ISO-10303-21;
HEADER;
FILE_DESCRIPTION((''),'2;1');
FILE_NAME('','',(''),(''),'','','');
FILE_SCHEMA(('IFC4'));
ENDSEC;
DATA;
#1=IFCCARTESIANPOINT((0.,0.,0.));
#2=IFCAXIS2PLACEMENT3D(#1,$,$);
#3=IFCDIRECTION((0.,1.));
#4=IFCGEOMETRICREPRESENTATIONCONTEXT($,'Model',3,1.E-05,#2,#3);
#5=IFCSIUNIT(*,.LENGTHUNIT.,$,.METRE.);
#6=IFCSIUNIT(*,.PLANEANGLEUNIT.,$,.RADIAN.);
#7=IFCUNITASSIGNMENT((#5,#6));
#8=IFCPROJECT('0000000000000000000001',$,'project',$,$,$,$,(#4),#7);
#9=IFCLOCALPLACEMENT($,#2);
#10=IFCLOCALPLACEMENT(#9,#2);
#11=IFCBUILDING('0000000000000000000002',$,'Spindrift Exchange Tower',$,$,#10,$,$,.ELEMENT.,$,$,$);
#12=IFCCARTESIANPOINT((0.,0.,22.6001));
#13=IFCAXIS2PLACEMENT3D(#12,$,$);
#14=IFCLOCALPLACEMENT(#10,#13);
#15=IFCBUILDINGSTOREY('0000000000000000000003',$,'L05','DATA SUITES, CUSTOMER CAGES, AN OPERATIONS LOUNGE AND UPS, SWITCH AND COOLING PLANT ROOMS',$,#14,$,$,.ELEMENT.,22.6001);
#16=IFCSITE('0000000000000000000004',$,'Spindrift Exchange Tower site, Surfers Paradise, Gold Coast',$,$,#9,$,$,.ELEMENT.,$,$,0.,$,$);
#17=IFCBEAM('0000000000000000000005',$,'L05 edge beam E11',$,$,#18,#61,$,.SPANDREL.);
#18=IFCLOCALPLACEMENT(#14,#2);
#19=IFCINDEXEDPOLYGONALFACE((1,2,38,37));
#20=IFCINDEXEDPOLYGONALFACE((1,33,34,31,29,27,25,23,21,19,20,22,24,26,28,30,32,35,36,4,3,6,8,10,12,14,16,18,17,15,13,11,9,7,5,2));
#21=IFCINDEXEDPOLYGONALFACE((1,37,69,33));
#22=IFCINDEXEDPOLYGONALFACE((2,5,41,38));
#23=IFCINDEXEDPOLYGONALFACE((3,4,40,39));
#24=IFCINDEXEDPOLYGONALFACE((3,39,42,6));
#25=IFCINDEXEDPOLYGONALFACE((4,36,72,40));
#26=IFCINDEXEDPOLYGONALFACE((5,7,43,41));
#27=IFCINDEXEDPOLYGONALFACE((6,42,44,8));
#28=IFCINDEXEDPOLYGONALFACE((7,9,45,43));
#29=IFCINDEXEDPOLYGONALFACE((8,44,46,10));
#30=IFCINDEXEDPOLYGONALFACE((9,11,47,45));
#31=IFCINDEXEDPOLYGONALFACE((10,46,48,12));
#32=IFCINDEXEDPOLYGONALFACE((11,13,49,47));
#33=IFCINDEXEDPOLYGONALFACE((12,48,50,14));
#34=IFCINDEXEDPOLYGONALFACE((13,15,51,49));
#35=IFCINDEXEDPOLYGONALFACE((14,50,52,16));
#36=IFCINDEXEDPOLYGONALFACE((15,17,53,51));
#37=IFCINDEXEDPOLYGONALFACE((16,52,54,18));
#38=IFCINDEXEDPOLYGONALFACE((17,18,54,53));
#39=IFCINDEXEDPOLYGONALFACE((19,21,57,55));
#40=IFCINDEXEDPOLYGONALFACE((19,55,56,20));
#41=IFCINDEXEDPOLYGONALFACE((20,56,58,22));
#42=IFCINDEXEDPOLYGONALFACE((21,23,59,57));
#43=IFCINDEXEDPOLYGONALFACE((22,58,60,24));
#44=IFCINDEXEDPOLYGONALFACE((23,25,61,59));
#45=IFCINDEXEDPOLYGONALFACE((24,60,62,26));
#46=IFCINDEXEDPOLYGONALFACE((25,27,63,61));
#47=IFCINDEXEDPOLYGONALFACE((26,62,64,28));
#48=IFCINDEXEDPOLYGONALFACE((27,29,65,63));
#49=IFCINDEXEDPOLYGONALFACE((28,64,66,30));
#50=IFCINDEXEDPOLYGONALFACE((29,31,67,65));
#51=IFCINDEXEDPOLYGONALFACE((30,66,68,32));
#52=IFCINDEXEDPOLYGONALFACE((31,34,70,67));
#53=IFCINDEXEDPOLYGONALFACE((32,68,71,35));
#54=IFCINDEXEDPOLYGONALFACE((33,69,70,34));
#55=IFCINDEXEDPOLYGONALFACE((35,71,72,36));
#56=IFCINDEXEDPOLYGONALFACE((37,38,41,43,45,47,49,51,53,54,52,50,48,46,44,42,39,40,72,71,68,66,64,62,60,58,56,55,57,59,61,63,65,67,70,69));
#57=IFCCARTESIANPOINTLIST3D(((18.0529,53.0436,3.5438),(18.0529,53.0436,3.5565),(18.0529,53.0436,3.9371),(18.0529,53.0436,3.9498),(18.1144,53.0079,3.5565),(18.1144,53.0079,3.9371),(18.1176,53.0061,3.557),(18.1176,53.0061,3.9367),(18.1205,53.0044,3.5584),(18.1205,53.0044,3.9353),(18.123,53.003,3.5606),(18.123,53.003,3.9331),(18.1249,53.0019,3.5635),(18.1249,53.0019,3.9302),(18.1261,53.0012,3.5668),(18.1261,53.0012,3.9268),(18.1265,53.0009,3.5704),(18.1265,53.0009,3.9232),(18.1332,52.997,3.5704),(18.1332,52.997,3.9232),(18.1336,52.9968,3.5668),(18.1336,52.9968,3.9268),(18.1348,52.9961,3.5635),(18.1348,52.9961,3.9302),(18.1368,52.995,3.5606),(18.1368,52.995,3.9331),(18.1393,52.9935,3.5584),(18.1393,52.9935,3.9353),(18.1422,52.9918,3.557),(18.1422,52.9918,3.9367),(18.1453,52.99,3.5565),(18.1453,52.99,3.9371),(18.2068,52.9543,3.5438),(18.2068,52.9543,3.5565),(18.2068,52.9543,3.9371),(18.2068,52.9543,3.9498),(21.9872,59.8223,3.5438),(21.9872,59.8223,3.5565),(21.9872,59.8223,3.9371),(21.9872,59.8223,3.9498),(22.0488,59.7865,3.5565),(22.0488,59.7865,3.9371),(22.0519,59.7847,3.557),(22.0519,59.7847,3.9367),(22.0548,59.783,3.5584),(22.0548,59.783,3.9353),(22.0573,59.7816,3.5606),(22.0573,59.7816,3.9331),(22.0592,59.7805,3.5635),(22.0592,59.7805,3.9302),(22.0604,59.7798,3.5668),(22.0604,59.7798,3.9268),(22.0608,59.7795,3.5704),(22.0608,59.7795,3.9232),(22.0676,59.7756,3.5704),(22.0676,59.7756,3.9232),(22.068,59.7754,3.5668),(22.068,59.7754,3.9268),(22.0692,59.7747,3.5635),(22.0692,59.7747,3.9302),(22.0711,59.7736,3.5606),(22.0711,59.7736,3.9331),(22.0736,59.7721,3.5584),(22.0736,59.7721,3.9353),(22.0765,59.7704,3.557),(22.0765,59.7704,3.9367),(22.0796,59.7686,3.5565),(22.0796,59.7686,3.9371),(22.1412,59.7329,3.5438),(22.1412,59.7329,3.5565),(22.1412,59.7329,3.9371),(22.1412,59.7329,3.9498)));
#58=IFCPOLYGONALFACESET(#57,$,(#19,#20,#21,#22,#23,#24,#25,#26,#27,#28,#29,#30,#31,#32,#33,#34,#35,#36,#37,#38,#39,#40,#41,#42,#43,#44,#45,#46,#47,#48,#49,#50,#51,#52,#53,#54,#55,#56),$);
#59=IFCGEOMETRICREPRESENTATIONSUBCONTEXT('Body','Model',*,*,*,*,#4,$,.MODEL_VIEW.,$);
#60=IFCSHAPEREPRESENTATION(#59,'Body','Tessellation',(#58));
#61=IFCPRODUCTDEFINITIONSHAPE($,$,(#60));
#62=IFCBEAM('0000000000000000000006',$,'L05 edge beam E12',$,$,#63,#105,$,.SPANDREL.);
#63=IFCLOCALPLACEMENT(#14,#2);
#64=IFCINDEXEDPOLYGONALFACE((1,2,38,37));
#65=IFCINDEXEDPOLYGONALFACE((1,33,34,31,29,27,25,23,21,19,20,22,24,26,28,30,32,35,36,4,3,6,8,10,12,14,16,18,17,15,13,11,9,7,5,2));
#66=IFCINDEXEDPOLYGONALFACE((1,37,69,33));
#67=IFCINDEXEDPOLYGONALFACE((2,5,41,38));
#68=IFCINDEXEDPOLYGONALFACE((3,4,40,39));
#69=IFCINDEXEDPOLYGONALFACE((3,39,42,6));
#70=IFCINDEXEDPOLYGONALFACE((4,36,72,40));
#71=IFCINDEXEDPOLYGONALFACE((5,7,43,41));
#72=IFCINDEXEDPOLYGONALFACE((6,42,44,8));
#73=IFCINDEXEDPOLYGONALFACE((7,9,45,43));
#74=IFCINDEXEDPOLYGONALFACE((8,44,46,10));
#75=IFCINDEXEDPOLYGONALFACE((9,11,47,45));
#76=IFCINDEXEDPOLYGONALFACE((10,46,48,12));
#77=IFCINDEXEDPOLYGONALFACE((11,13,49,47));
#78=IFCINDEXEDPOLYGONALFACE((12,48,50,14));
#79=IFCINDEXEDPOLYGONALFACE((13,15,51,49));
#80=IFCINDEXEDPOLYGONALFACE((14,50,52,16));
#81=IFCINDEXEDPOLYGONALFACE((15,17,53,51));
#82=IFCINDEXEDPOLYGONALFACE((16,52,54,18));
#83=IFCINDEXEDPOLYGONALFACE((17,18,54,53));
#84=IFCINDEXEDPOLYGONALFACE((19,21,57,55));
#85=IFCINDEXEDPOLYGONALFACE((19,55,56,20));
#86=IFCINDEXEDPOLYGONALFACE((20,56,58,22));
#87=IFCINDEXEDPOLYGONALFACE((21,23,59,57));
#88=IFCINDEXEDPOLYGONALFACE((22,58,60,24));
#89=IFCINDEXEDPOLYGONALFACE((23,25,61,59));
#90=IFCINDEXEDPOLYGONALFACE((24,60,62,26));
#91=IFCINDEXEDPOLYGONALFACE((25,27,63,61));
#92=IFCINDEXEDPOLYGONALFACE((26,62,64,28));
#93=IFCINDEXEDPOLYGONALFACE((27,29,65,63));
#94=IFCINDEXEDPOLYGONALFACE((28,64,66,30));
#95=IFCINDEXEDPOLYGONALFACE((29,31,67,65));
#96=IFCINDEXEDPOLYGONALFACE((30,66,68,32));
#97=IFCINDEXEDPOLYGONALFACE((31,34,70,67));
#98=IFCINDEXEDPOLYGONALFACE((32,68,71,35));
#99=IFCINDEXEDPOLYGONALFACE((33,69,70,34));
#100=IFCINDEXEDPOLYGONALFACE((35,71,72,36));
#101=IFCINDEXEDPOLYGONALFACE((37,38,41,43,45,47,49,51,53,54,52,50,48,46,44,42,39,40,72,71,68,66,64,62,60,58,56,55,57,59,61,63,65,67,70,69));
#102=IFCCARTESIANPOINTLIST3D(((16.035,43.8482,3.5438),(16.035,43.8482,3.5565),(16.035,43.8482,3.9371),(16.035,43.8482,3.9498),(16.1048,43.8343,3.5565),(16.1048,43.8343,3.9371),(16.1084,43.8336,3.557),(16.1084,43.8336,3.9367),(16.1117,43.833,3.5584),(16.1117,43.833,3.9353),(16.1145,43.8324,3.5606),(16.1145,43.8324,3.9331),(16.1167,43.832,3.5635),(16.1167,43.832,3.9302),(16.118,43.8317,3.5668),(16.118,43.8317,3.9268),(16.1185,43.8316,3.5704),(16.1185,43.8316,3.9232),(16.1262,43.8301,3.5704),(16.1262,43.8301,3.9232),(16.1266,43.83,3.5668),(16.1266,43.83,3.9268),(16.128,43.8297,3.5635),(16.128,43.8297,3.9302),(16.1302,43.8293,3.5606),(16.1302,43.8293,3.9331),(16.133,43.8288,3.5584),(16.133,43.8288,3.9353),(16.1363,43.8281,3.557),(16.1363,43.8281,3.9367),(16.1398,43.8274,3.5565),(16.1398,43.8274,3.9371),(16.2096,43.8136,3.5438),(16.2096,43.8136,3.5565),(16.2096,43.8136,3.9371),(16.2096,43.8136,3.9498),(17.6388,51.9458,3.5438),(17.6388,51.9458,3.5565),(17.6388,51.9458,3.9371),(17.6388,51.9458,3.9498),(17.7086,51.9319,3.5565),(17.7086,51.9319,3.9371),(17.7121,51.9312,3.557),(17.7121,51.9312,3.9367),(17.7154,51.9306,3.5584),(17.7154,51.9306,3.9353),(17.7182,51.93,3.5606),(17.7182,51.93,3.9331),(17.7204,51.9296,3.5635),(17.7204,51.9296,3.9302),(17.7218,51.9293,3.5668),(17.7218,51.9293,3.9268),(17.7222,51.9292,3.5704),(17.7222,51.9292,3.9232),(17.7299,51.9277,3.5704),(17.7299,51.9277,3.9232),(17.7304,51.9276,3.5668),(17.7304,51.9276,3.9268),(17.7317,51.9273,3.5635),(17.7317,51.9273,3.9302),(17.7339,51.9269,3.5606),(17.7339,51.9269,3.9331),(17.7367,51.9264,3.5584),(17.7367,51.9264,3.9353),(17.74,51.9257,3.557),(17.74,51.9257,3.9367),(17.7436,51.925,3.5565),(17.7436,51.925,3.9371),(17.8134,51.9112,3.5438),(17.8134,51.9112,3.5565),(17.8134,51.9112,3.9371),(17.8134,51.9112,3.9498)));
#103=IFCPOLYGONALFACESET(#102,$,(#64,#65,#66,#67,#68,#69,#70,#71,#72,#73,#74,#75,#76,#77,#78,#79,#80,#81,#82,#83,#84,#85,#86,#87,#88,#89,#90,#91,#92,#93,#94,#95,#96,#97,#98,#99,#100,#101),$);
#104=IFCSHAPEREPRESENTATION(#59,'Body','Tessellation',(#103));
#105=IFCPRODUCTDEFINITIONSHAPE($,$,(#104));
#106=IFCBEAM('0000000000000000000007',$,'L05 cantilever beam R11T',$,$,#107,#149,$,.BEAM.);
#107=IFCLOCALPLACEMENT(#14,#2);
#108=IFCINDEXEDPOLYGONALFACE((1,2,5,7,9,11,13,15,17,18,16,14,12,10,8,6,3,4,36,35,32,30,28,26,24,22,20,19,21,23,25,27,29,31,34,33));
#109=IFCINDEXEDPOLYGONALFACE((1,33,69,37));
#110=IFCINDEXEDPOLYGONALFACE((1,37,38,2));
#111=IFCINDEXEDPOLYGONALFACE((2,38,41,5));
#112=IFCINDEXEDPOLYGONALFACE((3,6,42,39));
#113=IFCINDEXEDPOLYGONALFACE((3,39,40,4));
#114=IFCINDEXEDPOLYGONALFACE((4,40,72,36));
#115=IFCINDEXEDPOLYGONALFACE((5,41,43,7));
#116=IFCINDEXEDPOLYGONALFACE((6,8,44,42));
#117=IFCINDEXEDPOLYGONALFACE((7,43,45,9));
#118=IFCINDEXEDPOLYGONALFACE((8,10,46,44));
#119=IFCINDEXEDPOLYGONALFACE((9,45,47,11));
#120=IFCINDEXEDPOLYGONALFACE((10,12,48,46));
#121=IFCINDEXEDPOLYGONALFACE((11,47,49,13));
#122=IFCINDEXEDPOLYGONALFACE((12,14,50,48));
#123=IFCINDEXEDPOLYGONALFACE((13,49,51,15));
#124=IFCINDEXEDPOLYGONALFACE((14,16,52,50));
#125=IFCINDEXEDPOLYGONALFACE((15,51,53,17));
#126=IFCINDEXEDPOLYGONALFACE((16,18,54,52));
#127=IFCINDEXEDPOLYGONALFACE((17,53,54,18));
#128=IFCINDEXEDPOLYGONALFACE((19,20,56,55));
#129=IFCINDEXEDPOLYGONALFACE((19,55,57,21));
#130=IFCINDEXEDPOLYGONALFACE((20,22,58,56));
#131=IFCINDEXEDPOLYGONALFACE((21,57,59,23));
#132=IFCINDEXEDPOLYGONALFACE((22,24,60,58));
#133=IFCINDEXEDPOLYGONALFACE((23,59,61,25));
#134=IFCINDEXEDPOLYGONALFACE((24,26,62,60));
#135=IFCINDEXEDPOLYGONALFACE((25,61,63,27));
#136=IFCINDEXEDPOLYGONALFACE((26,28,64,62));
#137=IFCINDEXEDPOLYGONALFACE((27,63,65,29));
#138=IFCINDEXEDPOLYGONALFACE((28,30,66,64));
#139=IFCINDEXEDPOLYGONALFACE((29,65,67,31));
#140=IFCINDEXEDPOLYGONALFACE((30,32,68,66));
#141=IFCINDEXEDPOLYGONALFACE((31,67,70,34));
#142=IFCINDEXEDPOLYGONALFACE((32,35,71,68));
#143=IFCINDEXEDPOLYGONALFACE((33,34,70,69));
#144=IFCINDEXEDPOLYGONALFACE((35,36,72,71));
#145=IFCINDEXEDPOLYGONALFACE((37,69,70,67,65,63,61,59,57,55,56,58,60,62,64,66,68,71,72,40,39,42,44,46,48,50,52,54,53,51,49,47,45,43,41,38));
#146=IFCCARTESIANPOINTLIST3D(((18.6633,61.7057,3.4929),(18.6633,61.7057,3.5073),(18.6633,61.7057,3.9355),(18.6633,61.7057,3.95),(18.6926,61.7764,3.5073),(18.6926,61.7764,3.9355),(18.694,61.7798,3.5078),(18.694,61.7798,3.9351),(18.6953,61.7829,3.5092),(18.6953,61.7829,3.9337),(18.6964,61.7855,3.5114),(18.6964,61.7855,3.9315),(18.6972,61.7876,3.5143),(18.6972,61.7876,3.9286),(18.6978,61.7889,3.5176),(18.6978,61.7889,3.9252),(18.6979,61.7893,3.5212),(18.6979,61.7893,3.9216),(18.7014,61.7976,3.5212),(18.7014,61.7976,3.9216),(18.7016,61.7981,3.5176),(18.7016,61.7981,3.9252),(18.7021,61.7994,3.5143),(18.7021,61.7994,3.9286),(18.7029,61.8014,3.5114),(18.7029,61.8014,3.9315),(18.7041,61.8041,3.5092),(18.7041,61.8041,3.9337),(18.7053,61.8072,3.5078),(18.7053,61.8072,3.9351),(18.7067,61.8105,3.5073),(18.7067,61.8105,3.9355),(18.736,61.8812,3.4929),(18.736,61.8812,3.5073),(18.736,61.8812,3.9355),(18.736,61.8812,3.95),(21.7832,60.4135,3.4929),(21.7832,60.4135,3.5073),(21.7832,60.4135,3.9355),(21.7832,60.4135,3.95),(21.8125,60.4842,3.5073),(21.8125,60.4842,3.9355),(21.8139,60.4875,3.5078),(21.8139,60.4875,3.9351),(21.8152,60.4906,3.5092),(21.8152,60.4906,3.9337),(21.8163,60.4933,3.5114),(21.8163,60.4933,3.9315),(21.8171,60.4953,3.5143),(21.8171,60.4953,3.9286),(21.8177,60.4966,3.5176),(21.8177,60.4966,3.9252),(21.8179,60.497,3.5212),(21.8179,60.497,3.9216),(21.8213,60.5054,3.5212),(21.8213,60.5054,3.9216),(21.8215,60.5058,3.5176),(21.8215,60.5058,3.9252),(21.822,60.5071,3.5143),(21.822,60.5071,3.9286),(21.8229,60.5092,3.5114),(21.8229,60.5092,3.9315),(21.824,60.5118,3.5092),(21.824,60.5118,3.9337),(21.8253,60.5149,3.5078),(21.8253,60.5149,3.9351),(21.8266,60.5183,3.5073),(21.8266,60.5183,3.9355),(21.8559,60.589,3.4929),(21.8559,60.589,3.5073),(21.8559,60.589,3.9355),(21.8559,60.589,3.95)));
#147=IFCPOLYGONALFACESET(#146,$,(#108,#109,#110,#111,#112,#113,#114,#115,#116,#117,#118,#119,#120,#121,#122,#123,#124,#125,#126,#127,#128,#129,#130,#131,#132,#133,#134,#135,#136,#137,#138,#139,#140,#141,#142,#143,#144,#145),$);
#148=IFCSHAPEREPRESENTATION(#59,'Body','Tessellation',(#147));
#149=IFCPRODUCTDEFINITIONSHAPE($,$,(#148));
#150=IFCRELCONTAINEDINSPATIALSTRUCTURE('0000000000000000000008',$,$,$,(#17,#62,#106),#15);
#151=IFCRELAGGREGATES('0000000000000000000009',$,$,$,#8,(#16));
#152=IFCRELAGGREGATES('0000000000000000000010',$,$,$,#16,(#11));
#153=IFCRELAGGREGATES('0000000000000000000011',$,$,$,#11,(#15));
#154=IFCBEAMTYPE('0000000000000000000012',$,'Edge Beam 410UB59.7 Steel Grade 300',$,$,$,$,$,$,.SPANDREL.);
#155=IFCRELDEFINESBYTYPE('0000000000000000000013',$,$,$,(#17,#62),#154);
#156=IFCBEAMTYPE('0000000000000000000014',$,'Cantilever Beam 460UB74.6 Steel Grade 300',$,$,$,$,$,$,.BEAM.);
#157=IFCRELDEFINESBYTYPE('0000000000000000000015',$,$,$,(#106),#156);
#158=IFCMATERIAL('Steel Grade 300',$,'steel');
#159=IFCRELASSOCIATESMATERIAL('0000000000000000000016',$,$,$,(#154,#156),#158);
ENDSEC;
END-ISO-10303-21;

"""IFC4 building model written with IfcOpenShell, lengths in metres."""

from ifc_helpers import new_model, si_unit, direction, frame, origin, origin_2d, place, context, subcontext, project, spatial, i_section, extrude, source, transform, mapped, material, material_profile, profile_set, type_object, element, save


model = new_model("IFC4")

# Units and contexts
model_context = context("Model", 3, precision=1e-05, world=origin(), true_north=direction((0.0, 1.0)))
body_context = subcontext(model_context, "Body", "Model", "MODEL_VIEW")
ifc_project = project(units=[si_unit("LENGTHUNIT", "METRE"), si_unit("PLANEANGLEUNIT", "RADIAN")], contexts=[model_context])

# Site, building, storey
site_placement = place(None, origin())
site = spatial("IfcSite", under=ifc_project, at=site_placement, Name="Spindrift Exchange Tower site, Surfers Paradise, Gold Coast", CompositionType="ELEMENT", RefElevation=0.0)
building_placement = place(site_placement, origin())
building = spatial("IfcBuilding", under=site, at=building_placement, Name="Spindrift Exchange Tower", CompositionType="ELEMENT")
storey_placement = place(building_placement, frame((0.0, 0.0, 22.6001)))
storey = spatial("IfcBuildingStorey", under=building, at=storey_placement, Name="L05", Description="DATA SUITES, CUSTOMER CAGES, AN OPERATIONS LOUNGE AND UPS, SWITCH AND COOLING PLANT ROOMS", CompositionType="ELEMENT", Elevation=22.6001)

# Beams
ifc_material_1 = material(Name="Steel Grade 300", Category="steel")
ifc_material_profile_1 = material_profile(ifc_material_1, i_section(OverallWidth=0.178, OverallDepth=0.406, WebThickness=0.0078, FlangeThickness=0.0127, FilletRadius=0.0139, at=origin_2d()), Name="410UB59.7")
ifc_profile_set_1 = profile_set([ifc_material_profile_1], Name="Steel Grade 300")
beam_type_1 = type_object("IfcBeamType", Name="Edge Beam 410UB59.7 Steel Grade 300", PredefinedType="SPANDREL", material=ifc_profile_set_1)
shared_shape_1 = source(origin(), body_context, "Body", "SweptSolid", [
    extrude(i_section(OverallWidth=0.178, OverallDepth=0.406, WebThickness=0.0078, FlangeThickness=0.0127, FilletRadius=0.0139, at=origin_2d()), origin(), (0.0, 0.0, 1.0), 7.8376),
])
beam_1_placement = place(storey_placement, frame((22.0642, 59.7776, 3.7468), z_axis=(-0.501981, -0.864878, 0.0), x_axis=(0.864878, -0.501981, 0.0)))
element("IfcBeam", 1, at=beam_1_placement, inside=storey, type_object=beam_type_1, Name="L05 edge beam E11", PredefinedType="SPANDREL", context=body_context, shape_type="MappedRepresentation", body=[
    mapped(shared_shape_1, transform((0.0, 0.0, 0.0), scale=1.0)),
])
shared_shape_2 = source(origin(), body_context, "Body", "SweptSolid", [
    extrude(i_section(OverallWidth=0.178, OverallDepth=0.406, WebThickness=0.0078, FlangeThickness=0.0127, FilletRadius=0.0139, at=origin_2d()), origin(), (0.0, 0.0, 1.0), 8.2549),
])
beam_2_placement = place(storey_placement, frame((17.7261, 51.9285, 3.7468), z_axis=(-0.194279, -0.980946, 0.0), x_axis=(0.980946, -0.194279, 0.0)))
element("IfcBeam", 2, at=beam_2_placement, inside=storey, type_object=beam_type_1, Name="L05 edge beam E12", PredefinedType="SPANDREL", context=body_context, shape_type="MappedRepresentation", body=[
    mapped(shared_shape_2, transform((0.0, 0.0, 0.0), scale=1.0)),
])
ifc_material_profile_2 = material_profile(ifc_material_1, i_section(OverallWidth=0.1899, OverallDepth=0.457, WebThickness=0.009, FlangeThickness=0.0144, FilletRadius=0.0139, at=origin_2d()), Name="460UB74.6")
ifc_profile_set_2 = profile_set([ifc_material_profile_2], Name="Steel Grade 300")
beam_type_2 = type_object("IfcBeamType", Name="Cantilever Beam 460UB74.6 Steel Grade 300", PredefinedType="BEAM", material=ifc_profile_set_2)
shared_shape_3 = source(origin(), body_context, "Body", "SweptSolid", [
    extrude(i_section(OverallWidth=0.1899, OverallDepth=0.457, WebThickness=0.009, FlangeThickness=0.0144, FilletRadius=0.0139, at=origin_2d()), origin(), (0.0, 0.0, 1.0), 3.377),
])
beam_3_placement = place(storey_placement, frame((21.8196, 60.5012, 3.7214), z_axis=(-0.923886, 0.382669, 0.0), x_axis=(-0.382669, -0.923886, 0.0)))
element("IfcBeam", 3, at=beam_3_placement, inside=storey, type_object=beam_type_2, Name="L05 cantilever beam R11T", PredefinedType="BEAM", context=body_context, shape_type="MappedRepresentation", body=[
    mapped(shared_shape_3, transform((0.0, 0.0, 0.0), scale=1.0)),
])

save(model, "model.ifc")
